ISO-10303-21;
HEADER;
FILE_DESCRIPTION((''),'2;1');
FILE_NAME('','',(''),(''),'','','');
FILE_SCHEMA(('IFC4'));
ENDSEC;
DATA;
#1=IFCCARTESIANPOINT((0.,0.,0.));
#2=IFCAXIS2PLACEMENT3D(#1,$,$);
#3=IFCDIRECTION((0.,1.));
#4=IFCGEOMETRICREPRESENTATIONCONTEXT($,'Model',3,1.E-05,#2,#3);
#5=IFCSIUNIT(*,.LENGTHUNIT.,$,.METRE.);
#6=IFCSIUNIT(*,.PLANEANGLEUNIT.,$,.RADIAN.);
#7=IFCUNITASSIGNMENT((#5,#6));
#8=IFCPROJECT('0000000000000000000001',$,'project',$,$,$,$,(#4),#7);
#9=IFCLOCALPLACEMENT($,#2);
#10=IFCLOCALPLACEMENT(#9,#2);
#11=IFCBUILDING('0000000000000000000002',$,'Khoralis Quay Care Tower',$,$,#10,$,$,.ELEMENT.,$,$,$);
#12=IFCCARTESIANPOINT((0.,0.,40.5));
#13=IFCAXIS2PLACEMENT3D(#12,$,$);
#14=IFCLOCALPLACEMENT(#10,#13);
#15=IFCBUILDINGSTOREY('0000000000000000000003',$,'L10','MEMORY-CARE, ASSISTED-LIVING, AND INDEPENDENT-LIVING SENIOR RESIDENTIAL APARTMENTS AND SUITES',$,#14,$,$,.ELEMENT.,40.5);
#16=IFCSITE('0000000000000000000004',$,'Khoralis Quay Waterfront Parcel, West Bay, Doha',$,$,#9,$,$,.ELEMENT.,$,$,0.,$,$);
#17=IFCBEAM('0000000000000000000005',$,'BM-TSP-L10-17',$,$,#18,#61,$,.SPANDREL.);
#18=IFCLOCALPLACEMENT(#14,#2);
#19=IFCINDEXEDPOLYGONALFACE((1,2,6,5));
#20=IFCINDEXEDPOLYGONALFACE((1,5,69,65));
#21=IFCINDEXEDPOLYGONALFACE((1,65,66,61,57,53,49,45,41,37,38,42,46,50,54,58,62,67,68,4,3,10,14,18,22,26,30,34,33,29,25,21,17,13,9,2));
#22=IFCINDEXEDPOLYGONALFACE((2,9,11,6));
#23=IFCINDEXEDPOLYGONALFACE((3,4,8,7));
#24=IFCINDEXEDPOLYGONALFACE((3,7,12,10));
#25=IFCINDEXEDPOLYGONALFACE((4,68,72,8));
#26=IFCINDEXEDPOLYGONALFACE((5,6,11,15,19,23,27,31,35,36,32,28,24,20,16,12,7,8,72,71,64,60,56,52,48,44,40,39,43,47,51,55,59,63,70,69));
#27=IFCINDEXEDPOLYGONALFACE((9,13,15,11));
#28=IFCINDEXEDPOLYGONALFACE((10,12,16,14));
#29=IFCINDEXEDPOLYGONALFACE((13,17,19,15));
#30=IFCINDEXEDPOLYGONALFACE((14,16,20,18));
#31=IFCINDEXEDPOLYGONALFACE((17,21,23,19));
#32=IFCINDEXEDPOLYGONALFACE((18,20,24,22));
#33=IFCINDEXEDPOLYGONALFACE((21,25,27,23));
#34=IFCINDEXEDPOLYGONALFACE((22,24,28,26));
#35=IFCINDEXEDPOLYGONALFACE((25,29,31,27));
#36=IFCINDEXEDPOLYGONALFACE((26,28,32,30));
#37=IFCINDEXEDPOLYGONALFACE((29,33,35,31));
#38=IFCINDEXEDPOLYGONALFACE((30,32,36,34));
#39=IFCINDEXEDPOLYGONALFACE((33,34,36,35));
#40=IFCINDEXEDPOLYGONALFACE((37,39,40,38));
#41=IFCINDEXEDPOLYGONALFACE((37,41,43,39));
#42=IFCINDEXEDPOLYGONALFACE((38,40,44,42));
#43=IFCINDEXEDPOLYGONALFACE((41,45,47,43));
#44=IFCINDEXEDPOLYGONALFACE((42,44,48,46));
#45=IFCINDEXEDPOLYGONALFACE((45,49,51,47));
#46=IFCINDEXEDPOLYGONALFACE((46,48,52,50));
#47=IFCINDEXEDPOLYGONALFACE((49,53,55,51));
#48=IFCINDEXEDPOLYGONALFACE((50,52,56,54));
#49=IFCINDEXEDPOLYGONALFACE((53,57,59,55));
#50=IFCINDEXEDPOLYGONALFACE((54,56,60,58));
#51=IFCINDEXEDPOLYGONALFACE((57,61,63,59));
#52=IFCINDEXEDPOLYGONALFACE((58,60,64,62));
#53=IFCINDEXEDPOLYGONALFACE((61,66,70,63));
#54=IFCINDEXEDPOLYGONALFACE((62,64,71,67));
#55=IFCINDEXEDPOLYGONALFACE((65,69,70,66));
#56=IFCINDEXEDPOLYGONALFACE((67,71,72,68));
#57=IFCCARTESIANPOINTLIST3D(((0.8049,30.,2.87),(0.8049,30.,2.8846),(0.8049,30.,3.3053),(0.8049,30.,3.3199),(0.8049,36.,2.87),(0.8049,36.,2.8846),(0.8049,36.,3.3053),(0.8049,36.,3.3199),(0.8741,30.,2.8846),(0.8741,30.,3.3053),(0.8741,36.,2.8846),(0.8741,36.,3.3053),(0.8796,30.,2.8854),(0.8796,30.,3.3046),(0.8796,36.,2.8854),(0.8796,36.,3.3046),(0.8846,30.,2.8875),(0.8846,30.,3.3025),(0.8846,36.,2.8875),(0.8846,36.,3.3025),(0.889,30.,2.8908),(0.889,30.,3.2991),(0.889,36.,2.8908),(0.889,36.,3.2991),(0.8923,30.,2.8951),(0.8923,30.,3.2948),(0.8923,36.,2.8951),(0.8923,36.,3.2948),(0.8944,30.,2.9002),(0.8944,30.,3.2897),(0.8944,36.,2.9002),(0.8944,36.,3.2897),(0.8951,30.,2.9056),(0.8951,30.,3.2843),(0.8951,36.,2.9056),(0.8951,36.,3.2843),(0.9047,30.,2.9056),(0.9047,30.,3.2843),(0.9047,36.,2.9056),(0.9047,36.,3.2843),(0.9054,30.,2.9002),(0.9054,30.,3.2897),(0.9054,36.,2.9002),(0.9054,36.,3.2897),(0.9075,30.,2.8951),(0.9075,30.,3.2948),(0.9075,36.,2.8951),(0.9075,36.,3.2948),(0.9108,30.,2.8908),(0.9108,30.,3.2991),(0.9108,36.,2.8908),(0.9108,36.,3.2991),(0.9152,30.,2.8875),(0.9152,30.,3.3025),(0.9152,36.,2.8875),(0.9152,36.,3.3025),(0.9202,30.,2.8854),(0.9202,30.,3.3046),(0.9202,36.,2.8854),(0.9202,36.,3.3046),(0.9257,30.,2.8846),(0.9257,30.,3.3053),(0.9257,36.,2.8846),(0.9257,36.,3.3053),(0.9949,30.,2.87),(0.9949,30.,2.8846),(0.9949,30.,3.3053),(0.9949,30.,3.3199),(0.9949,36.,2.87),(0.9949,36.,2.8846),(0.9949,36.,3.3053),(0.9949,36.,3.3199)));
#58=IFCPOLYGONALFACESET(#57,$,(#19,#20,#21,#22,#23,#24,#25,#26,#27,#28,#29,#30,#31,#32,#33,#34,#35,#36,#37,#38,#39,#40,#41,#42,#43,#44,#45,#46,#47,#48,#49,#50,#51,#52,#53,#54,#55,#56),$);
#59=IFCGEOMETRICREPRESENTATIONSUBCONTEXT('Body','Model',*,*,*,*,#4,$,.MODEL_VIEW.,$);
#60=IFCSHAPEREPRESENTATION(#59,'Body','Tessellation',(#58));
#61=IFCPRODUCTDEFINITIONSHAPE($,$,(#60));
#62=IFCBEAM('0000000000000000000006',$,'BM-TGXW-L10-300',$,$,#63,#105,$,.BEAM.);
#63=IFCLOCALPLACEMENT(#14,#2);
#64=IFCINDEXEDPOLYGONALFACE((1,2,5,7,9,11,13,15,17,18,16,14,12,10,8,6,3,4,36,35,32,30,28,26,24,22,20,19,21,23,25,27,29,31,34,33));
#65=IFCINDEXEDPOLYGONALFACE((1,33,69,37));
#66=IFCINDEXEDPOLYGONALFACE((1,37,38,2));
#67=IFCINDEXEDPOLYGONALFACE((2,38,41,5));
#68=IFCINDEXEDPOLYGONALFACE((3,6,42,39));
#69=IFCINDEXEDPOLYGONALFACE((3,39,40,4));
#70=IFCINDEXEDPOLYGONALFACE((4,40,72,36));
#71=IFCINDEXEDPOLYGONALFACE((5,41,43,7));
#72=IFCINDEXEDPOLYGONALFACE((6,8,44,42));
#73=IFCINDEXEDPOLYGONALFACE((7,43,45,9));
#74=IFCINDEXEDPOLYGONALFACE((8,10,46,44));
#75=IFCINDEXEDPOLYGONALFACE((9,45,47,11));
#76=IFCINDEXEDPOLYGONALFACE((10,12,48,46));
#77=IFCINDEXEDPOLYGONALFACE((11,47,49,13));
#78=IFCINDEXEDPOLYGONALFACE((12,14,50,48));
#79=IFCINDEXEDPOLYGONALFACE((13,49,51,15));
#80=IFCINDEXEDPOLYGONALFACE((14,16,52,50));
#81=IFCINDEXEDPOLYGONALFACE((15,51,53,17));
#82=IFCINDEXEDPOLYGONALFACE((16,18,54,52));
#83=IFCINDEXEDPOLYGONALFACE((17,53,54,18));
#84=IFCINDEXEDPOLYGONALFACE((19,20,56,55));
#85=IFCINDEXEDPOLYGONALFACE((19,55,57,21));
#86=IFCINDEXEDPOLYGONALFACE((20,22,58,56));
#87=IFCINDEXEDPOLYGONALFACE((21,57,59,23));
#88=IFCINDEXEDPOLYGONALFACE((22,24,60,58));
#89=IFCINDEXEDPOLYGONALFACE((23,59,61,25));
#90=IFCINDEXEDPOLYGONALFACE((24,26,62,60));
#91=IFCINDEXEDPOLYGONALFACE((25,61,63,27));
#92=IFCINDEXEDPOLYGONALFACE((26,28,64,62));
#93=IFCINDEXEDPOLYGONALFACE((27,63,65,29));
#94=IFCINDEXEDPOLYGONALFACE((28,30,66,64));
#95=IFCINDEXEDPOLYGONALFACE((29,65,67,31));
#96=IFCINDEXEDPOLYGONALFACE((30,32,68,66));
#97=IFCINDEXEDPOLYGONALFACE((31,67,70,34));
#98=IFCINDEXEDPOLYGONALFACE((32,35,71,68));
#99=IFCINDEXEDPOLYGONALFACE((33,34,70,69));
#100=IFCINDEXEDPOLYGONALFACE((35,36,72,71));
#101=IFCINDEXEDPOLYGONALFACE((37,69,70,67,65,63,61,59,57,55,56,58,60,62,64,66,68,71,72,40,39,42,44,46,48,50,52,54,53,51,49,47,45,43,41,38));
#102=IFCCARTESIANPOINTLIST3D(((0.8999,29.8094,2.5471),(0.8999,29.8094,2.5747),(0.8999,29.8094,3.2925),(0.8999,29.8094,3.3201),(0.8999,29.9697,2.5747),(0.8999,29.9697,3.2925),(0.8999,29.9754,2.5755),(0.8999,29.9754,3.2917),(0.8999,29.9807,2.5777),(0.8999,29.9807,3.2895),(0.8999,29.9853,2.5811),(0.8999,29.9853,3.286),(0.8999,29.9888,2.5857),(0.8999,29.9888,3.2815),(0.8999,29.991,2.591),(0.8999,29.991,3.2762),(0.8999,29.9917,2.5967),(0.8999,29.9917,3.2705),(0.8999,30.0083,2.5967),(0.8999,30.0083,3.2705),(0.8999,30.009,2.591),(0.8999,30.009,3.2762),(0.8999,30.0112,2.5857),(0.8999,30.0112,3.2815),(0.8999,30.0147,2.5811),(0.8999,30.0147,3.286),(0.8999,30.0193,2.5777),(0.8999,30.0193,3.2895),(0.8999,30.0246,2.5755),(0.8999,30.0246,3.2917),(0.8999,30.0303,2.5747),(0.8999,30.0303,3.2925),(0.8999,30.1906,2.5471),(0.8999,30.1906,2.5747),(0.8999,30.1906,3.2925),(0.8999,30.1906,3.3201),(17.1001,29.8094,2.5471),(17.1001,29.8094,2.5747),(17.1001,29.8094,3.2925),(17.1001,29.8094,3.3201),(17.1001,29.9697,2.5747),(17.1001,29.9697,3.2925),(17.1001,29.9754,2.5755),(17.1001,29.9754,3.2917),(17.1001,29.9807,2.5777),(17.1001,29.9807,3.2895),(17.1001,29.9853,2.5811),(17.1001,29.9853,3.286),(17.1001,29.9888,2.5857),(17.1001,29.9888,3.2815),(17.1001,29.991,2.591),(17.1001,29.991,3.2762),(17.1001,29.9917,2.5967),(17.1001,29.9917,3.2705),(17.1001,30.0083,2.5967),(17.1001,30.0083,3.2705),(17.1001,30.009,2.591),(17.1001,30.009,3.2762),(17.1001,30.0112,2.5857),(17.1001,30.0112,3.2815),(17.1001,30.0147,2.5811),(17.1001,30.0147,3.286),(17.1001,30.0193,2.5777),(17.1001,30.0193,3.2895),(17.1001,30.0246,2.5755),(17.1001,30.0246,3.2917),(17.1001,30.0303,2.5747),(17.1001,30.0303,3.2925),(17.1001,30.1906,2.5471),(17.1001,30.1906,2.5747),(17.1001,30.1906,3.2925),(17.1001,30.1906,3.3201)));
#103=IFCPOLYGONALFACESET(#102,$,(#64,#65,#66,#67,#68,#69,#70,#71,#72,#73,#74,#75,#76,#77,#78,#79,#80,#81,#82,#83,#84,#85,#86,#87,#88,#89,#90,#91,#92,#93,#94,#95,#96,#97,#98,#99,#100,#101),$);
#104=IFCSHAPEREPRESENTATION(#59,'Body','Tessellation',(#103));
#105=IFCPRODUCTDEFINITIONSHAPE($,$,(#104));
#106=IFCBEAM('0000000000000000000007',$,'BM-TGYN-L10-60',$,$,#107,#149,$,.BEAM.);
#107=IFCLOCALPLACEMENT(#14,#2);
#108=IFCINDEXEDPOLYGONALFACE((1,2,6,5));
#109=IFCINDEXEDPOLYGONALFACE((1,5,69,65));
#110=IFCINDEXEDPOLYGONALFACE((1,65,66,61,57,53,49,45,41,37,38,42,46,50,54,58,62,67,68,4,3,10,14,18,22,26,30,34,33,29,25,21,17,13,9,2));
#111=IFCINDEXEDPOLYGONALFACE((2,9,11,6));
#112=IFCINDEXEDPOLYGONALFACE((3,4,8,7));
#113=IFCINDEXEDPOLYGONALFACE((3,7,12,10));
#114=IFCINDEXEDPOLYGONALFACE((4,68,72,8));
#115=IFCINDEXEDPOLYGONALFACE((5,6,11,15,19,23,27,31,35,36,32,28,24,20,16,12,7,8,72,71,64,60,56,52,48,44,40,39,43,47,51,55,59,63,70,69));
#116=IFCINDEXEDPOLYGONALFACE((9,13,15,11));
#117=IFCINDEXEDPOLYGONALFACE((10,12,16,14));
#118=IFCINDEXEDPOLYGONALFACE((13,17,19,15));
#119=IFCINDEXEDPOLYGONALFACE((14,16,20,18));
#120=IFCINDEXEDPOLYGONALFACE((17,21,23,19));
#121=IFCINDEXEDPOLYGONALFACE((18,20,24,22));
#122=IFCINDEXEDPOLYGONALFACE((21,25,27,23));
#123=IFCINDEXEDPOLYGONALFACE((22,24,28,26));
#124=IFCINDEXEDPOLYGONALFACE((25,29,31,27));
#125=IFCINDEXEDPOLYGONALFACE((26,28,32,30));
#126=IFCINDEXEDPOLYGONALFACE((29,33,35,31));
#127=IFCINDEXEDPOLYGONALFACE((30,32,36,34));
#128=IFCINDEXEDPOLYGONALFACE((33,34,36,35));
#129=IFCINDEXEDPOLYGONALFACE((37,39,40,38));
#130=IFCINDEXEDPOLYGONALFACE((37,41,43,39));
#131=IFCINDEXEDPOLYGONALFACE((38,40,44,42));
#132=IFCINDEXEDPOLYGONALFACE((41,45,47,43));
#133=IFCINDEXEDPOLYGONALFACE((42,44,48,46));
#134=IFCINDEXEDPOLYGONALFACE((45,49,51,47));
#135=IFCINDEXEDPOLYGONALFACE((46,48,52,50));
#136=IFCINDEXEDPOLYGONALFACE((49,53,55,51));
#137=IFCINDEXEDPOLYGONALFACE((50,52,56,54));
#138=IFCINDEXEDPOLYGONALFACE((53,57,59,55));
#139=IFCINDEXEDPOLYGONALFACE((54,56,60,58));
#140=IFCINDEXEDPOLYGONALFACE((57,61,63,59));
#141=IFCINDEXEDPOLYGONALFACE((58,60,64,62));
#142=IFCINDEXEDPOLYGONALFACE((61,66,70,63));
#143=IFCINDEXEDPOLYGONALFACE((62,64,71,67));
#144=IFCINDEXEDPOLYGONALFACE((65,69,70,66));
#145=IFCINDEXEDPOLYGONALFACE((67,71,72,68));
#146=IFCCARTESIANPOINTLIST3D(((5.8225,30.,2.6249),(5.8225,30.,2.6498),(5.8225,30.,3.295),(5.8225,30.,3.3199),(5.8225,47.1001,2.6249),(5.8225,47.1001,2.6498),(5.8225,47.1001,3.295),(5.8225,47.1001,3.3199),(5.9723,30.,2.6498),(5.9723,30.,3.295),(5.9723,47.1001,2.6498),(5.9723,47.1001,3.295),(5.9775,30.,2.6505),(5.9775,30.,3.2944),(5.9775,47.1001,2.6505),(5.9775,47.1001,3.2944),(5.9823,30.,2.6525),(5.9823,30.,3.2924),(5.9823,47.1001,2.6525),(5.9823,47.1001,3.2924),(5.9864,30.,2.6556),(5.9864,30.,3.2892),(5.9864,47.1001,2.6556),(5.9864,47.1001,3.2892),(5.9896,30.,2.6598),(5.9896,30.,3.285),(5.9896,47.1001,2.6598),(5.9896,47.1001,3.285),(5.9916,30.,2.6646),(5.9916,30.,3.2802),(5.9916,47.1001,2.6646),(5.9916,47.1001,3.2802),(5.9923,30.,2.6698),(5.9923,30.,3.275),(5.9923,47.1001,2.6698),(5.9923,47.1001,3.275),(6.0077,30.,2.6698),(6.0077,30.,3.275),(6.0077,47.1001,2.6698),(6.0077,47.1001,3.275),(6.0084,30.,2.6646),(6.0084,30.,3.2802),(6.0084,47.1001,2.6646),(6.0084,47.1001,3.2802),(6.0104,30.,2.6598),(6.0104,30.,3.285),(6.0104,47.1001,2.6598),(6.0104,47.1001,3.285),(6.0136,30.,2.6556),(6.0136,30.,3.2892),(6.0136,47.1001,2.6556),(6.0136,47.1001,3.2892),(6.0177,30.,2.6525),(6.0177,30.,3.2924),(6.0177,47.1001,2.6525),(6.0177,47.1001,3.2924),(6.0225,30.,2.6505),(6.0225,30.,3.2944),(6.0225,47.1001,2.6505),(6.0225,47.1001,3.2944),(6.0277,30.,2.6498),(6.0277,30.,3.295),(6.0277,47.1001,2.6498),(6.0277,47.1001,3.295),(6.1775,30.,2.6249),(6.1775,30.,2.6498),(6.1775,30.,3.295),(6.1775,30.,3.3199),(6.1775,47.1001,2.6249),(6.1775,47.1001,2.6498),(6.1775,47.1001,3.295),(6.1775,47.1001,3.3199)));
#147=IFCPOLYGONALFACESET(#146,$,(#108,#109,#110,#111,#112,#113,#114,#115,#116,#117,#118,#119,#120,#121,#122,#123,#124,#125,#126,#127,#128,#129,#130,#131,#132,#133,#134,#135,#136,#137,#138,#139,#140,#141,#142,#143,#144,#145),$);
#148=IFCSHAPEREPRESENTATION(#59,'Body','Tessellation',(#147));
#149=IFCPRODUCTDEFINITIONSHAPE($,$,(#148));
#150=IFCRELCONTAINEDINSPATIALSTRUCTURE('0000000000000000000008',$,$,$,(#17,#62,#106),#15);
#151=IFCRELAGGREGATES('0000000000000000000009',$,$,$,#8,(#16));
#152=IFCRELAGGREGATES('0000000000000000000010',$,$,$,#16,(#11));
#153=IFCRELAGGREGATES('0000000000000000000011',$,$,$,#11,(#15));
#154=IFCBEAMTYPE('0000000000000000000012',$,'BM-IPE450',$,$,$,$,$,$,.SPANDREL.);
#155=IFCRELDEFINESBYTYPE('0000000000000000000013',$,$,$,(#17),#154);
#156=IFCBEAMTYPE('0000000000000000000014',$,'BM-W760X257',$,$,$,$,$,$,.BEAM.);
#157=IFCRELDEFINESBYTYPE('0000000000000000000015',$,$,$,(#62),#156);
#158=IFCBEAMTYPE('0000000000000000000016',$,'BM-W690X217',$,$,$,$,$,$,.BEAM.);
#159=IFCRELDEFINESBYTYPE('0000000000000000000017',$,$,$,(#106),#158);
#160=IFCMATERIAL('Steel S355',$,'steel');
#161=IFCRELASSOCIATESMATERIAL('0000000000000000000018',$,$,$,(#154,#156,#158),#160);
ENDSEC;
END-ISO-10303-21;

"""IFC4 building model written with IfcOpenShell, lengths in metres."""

from ifc_helpers import new_model, si_unit, direction, frame, origin, origin_2d, place, context, subcontext, project, spatial, i_section, extrude, source, transform, mapped, material, material_profile, profile_set, type_object, element, save


model = new_model("IFC4")

# Units and contexts
model_context = context("Model", 3, precision=1e-05, world=origin(), true_north=direction((0.0, 1.0)))
body_context = subcontext(model_context, "Body", "Model", "MODEL_VIEW")
ifc_project = project(units=[si_unit("LENGTHUNIT", "METRE"), si_unit("PLANEANGLEUNIT", "RADIAN")], contexts=[model_context])

# Site, building, storey
site_placement = place(None, origin())
site = spatial("IfcSite", under=ifc_project, at=site_placement, Name="Khoralis Quay Waterfront Parcel, West Bay, Doha", CompositionType="ELEMENT", RefElevation=0.0)
building_placement = place(site_placement, origin())
building = spatial("IfcBuilding", under=site, at=building_placement, Name="Khoralis Quay Care Tower", CompositionType="ELEMENT")
storey_placement = place(building_placement, frame((0.0, 0.0, 40.5)))
storey = spatial("IfcBuildingStorey", under=building, at=storey_placement, Name="L10", Description="MEMORY-CARE, ASSISTED-LIVING, AND INDEPENDENT-LIVING SENIOR RESIDENTIAL APARTMENTS AND SUITES", CompositionType="ELEMENT", Elevation=40.5)

# Beams
ifc_material_1 = material(Name="Steel S355", Category="steel")
ifc_material_profile_1 = material_profile(ifc_material_1, i_section(OverallWidth=0.1899, OverallDepth=0.45, WebThickness=0.0095, FlangeThickness=0.0146, FilletRadius=0.021, at=origin_2d()), Name="Steel S355")
ifc_profile_set_1 = profile_set([ifc_material_profile_1], Name="Steel S355")
beam_type_1 = type_object("IfcBeamType", Name="BM-IPE450", PredefinedType="SPANDREL", material=ifc_profile_set_1)
shared_shape_1 = source(origin(), body_context, "Body", "SweptSolid", [
    extrude(i_section(OverallWidth=0.1899, OverallDepth=0.45, WebThickness=0.0095, FlangeThickness=0.0146, FilletRadius=0.021, at=origin_2d()), origin(), (0.0, 0.0, 1.0), 6.0),
])
beam_1_placement = place(storey_placement, frame((0.8999, 30.0, 3.095), z_axis=(0.0, 1.0, 0.0), x_axis=(-1.0, 0.0, 0.0)))
element("IfcBeam", 1, at=beam_1_placement, inside=storey, type_object=beam_type_1, Name="BM-TSP-L10-17", PredefinedType="SPANDREL", context=body_context, shape_type="MappedRepresentation", body=[
    mapped(shared_shape_1, transform((0.0, 0.0, 0.0), scale=1.0)),
])
ifc_material_profile_2 = material_profile(ifc_material_1, i_section(OverallWidth=0.3811, OverallDepth=0.7729, WebThickness=0.0166, FlangeThickness=0.0276, FilletRadius=0.022, at=origin_2d()), Name="Steel S355")
ifc_profile_set_2 = profile_set([ifc_material_profile_2], Name="Steel S355")
beam_type_2 = type_object("IfcBeamType", Name="BM-W760X257", PredefinedType="BEAM", material=ifc_profile_set_2)
shared_shape_2 = source(origin(), body_context, "Body", "SweptSolid", [
    extrude(i_section(OverallWidth=0.3811, OverallDepth=0.7729, WebThickness=0.0166, FlangeThickness=0.0276, FilletRadius=0.022, at=origin_2d()), origin(), (0.0, 0.0, 1.0), 16.2002),
])
beam_2_placement = place(storey_placement, frame((0.8999, 30.0, 2.9336), z_axis=(1.0, 0.0, 0.0), x_axis=(0.0, 1.0, 0.0)))
element("IfcBeam", 2, at=beam_2_placement, inside=storey, type_object=beam_type_2, Name="BM-TGXW-L10-300", PredefinedType="BEAM", context=body_context, shape_type="MappedRepresentation", body=[
    mapped(shared_shape_2, transform((0.0, 0.0, 0.0), scale=1.0)),
])
ifc_material_profile_3 = material_profile(ifc_material_1, i_section(OverallWidth=0.355, OverallDepth=0.6951, WebThickness=0.0154, FlangeThickness=0.0249, FilletRadius=0.02, at=origin_2d()), Name="Steel S355")
ifc_profile_set_3 = profile_set([ifc_material_profile_3], Name="Steel S355")
beam_type_3 = type_object("IfcBeamType", Name="BM-W690X217", PredefinedType="BEAM", material=ifc_profile_set_3)
shared_shape_3 = source(origin(), body_context, "Body", "SweptSolid", [
    extrude(i_section(OverallWidth=0.355, OverallDepth=0.6951, WebThickness=0.0154, FlangeThickness=0.0249, FilletRadius=0.02, at=origin_2d()), origin(), (0.0, 0.0, 1.0), 17.1001),
])
beam_3_placement = place(storey_placement, frame((6.0, 30.0, 2.9724), z_axis=(0.0, 1.0, 0.0), x_axis=(-1.0, 0.0, 0.0)))
element("IfcBeam", 3, at=beam_3_placement, inside=storey, type_object=beam_type_3, Name="BM-TGYN-L10-60", PredefinedType="BEAM", context=body_context, shape_type="MappedRepresentation", body=[
    mapped(shared_shape_3, transform((0.0, 0.0, 0.0), scale=1.0)),
])

save(model, "model.ifc")
